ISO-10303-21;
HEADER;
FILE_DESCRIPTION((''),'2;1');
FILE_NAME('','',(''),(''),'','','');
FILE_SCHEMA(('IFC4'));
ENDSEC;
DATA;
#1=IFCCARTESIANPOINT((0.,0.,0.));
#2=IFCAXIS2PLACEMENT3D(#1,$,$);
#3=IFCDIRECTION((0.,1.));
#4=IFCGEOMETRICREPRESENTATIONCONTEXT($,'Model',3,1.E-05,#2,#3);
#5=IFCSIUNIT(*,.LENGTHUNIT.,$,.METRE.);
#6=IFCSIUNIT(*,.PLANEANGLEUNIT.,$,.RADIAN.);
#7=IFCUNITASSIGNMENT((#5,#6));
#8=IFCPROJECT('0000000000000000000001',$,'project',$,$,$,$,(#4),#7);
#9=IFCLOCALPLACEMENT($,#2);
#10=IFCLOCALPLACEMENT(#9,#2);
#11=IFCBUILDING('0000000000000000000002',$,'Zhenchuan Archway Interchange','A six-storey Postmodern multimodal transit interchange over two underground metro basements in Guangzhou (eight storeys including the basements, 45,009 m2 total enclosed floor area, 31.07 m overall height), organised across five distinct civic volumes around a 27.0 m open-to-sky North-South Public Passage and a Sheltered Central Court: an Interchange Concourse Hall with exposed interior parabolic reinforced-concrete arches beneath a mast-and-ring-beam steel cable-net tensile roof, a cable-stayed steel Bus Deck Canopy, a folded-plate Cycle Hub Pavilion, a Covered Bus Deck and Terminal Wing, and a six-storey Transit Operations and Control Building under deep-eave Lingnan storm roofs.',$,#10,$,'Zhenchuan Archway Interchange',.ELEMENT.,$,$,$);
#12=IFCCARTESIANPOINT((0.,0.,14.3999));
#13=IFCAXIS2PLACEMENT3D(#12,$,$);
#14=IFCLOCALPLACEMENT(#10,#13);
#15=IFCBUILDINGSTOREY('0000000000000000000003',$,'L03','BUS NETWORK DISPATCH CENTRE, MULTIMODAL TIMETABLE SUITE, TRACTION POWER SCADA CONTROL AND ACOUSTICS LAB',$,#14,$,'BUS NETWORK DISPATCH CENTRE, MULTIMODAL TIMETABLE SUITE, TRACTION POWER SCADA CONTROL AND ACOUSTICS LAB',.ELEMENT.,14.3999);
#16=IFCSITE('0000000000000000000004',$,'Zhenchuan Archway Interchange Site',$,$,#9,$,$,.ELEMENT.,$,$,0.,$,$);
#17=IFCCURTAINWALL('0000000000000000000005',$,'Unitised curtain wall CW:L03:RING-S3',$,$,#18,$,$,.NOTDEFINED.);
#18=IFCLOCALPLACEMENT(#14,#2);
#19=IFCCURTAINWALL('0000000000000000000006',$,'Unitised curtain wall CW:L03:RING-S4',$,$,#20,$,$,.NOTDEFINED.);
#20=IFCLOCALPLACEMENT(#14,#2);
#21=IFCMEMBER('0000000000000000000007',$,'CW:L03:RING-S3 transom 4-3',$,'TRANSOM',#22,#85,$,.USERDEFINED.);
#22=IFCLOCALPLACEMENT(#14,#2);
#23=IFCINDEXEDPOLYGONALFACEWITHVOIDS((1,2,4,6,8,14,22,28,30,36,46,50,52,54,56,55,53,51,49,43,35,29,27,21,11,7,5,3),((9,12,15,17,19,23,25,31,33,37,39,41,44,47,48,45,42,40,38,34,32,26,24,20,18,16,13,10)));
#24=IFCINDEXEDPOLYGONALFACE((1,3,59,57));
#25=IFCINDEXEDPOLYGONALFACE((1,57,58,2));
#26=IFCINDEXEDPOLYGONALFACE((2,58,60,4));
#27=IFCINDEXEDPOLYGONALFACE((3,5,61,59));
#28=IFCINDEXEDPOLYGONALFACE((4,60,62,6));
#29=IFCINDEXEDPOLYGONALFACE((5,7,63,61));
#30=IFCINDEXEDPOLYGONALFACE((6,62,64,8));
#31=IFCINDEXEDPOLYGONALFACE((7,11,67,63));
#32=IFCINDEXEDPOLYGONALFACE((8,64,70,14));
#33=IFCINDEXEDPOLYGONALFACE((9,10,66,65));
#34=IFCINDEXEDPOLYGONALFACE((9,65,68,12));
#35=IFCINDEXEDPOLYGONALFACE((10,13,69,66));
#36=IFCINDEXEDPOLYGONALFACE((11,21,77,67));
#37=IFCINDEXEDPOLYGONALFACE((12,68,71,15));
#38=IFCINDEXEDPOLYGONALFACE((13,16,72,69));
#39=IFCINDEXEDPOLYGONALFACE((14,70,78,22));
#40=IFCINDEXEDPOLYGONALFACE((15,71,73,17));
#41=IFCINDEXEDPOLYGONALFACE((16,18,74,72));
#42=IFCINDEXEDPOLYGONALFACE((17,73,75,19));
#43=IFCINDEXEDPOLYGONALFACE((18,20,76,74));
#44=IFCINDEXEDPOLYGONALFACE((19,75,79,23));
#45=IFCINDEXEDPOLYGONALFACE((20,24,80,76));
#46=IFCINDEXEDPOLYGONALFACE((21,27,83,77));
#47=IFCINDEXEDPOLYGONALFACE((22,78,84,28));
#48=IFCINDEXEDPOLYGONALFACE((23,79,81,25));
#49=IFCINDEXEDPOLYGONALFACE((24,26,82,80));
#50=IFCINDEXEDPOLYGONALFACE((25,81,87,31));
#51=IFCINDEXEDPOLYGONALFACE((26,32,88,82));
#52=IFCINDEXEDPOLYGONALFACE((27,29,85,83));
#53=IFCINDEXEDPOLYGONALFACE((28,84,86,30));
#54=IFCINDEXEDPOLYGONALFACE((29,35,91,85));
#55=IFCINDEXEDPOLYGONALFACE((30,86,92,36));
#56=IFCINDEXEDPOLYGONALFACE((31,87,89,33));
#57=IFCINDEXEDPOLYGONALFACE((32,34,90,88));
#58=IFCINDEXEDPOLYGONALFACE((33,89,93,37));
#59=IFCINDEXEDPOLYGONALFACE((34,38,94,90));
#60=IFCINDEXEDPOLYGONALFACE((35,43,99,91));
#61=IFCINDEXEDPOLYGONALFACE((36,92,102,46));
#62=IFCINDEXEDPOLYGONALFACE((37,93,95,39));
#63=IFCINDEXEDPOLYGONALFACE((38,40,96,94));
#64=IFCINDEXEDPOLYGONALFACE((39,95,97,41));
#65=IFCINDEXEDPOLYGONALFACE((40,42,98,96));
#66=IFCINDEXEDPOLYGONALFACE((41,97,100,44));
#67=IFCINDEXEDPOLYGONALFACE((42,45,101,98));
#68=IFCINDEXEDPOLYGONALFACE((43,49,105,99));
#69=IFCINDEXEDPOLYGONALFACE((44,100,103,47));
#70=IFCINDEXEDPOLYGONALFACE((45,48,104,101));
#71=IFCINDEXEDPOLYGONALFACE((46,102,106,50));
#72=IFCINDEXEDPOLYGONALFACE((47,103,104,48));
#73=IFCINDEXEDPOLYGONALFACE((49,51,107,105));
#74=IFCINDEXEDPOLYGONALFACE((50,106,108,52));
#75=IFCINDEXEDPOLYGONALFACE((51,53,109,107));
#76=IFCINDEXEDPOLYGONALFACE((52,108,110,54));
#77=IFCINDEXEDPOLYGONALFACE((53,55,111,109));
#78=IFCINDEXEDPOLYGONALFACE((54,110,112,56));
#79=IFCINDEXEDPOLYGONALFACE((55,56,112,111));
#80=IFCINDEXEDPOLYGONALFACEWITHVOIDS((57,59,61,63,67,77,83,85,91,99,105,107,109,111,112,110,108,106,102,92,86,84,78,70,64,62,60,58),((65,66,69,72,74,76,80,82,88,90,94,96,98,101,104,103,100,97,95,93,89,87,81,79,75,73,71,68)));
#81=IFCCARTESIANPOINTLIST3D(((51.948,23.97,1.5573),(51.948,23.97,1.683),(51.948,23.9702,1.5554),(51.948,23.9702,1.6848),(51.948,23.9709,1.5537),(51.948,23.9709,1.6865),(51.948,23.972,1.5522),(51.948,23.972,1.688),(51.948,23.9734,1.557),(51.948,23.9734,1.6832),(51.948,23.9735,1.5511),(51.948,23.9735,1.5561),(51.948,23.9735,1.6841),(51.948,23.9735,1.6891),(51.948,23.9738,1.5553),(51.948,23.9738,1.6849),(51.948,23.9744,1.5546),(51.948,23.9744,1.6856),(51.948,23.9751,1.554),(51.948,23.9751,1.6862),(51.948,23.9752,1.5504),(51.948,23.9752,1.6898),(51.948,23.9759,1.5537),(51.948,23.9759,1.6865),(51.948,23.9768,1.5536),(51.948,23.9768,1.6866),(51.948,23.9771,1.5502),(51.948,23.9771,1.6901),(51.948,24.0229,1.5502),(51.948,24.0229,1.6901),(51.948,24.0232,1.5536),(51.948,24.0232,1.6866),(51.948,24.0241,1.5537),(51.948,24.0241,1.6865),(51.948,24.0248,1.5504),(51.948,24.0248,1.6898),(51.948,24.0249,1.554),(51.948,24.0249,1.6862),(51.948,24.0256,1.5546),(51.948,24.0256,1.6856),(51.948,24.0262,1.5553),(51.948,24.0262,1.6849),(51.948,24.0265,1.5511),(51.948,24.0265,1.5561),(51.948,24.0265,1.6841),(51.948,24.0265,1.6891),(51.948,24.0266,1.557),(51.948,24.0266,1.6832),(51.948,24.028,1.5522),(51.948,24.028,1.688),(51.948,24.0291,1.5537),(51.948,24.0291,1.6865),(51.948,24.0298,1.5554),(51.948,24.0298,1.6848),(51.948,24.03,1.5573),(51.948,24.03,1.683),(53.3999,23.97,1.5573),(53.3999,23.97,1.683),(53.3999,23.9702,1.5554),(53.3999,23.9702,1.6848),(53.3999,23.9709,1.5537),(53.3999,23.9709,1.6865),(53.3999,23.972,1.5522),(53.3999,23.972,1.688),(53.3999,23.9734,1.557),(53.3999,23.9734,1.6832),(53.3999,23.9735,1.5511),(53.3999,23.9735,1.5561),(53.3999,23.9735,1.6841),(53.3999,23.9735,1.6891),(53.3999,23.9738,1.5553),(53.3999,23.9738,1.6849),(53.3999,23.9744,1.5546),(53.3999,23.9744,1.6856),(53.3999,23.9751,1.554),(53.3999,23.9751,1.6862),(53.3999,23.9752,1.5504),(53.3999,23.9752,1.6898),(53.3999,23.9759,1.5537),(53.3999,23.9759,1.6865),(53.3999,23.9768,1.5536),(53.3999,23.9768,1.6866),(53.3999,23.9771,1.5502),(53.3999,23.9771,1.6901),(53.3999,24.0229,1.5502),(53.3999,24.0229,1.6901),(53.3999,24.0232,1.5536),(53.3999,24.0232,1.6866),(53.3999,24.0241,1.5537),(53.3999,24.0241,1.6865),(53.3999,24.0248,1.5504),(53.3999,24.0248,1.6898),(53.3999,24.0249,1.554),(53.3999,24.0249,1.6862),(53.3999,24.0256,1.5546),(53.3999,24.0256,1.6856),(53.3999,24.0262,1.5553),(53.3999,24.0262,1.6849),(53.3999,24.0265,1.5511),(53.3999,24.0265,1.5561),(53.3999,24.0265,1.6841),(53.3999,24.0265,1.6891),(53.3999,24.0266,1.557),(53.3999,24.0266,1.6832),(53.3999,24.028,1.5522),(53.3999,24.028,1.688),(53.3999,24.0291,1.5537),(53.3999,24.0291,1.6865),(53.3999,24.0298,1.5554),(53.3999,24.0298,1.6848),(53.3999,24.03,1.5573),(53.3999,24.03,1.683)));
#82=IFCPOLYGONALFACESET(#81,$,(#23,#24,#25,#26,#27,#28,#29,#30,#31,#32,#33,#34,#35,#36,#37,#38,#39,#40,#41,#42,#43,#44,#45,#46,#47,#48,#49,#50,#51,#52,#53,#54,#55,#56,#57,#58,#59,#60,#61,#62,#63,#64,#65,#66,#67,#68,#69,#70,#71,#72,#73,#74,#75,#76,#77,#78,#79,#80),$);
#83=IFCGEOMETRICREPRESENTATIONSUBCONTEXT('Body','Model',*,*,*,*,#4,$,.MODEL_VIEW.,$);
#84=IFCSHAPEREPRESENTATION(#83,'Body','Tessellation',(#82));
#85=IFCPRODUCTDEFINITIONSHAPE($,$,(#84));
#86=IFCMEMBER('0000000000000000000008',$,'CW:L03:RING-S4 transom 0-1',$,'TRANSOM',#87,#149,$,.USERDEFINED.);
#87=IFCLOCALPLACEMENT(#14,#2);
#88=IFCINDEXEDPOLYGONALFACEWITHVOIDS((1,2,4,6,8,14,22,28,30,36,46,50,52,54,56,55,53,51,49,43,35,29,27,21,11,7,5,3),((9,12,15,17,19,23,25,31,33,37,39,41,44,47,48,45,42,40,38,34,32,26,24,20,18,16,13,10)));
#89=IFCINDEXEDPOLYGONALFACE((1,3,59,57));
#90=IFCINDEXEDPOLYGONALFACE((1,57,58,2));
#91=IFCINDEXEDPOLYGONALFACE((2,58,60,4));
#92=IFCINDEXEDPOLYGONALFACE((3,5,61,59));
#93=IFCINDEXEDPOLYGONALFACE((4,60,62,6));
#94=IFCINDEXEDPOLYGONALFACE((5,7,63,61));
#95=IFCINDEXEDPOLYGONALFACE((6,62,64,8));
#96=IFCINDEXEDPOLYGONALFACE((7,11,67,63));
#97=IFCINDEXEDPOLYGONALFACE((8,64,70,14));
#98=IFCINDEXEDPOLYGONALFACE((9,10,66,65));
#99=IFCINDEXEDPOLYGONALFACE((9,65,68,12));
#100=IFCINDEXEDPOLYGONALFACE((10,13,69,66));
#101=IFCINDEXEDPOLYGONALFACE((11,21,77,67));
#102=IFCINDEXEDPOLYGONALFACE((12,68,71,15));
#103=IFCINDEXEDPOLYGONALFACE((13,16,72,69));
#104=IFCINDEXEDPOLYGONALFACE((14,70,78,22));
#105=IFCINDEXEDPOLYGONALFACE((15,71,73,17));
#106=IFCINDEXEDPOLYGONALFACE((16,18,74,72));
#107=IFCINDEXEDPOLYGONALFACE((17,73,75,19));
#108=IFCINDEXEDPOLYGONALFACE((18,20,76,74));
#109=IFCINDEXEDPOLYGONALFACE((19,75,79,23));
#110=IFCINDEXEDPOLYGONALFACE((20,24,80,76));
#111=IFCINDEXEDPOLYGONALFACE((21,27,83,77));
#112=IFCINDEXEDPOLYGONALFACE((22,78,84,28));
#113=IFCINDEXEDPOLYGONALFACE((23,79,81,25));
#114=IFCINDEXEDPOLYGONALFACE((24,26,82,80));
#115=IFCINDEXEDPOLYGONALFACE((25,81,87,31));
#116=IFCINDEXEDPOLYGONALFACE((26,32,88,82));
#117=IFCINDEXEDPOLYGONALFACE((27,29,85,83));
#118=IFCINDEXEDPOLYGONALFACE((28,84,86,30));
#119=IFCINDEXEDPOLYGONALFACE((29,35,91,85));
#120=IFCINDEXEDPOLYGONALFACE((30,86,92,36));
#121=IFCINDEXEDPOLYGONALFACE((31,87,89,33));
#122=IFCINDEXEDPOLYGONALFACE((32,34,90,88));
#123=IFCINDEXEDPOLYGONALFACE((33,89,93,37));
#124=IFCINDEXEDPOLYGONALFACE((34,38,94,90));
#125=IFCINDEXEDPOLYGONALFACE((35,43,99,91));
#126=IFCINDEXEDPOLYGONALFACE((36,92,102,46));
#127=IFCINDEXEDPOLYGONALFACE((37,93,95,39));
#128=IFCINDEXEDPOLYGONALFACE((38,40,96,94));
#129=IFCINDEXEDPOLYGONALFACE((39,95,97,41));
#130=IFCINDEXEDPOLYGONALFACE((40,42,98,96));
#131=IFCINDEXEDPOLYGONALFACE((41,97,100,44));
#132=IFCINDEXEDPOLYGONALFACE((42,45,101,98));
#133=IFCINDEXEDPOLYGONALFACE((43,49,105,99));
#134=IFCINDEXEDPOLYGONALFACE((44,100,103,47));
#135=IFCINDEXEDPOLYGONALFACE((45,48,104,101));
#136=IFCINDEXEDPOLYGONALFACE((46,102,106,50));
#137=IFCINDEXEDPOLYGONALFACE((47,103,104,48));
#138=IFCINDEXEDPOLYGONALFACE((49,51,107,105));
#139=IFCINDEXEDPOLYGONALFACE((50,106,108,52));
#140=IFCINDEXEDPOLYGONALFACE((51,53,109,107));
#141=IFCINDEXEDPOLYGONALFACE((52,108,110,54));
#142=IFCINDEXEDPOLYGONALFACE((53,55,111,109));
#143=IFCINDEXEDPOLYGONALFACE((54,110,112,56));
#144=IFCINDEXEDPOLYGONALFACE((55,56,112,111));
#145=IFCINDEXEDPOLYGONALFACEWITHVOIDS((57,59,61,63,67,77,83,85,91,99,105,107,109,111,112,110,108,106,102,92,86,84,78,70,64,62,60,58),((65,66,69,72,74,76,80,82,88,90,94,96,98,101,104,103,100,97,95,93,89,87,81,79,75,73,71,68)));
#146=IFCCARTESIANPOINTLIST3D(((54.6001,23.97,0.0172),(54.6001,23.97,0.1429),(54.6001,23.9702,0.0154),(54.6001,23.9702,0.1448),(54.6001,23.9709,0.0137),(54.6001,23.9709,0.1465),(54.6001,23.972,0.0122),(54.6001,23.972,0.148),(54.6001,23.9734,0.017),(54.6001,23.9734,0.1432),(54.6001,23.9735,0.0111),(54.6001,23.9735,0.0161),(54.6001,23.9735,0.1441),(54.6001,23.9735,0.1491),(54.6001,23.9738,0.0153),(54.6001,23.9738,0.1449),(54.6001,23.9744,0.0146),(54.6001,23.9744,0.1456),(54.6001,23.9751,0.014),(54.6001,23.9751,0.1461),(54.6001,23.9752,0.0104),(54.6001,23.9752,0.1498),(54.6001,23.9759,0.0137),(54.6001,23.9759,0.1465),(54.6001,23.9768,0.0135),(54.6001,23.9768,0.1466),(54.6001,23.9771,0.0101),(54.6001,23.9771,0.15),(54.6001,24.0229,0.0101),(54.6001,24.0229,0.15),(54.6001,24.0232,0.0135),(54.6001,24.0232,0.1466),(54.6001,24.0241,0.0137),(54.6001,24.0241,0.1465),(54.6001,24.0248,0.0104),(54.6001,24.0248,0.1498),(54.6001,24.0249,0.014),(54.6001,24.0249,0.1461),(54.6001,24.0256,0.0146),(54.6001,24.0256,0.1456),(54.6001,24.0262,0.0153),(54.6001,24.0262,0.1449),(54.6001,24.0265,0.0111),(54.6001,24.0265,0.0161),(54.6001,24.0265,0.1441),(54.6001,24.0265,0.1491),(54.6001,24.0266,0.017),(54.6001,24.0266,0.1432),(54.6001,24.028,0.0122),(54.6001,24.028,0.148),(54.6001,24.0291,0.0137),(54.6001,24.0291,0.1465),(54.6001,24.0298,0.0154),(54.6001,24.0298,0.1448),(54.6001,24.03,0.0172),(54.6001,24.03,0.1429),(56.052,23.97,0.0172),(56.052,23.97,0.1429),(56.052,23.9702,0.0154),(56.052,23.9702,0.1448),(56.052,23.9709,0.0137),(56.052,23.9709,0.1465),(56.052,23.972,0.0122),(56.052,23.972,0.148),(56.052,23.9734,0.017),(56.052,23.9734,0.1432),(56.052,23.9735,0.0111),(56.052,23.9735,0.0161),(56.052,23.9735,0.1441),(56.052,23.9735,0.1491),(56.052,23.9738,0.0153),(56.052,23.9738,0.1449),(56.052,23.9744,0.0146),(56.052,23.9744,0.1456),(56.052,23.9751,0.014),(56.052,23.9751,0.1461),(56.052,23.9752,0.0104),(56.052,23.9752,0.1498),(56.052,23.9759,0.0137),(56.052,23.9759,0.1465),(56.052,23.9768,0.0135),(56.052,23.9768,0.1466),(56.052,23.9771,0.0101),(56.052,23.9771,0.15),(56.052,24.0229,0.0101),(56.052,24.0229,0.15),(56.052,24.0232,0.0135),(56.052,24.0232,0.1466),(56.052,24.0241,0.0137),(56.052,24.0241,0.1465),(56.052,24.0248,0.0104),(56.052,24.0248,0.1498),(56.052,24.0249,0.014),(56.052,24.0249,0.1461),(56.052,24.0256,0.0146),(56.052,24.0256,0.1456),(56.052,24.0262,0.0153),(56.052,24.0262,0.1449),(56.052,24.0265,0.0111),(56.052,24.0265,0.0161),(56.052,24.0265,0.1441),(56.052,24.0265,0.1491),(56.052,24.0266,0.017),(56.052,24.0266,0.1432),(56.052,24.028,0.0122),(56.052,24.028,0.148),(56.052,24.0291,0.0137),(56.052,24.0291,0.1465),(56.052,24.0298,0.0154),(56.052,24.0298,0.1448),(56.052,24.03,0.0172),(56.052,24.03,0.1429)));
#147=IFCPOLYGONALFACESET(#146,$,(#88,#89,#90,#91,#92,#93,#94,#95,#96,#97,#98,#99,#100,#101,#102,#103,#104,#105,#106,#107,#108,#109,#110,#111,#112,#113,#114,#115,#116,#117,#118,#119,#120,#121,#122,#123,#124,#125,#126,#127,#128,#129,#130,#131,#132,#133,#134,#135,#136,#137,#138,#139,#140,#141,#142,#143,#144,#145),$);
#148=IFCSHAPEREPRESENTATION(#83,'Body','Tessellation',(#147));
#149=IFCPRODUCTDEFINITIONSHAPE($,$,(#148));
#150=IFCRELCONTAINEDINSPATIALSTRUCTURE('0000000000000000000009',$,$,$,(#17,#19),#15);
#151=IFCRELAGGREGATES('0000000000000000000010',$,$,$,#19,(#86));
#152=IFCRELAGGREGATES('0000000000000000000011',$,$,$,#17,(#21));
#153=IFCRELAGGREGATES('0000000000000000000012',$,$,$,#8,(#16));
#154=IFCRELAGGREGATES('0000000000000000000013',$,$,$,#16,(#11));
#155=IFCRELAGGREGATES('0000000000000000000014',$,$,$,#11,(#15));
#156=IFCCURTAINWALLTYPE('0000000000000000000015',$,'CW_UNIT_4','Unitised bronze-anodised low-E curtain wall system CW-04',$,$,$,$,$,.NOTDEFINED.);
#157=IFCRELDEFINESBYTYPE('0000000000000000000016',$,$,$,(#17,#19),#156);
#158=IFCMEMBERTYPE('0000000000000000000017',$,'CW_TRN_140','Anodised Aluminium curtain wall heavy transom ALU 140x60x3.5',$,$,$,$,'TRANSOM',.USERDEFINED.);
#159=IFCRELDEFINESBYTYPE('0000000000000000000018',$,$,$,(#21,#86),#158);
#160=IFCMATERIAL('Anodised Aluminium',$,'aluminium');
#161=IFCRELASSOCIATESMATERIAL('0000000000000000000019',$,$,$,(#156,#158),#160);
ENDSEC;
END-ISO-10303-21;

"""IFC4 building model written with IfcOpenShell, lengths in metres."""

from ifc_helpers import new_model, si_unit, direction, frame, origin, origin_2d, place, context, subcontext, project, spatial, hollow_rectangle, extrude, material, material_profile, profile_set, type_object, element, aggregate, save


model = new_model("IFC4")

# Units and contexts
model_context = context("Model", 3, precision=1e-05, world=origin(), true_north=direction((0.0, 1.0)))
body_context = subcontext(model_context, "Body", "Model", "MODEL_VIEW")
ifc_project = project(units=[si_unit("LENGTHUNIT", "METRE"), si_unit("PLANEANGLEUNIT", "RADIAN")], contexts=[model_context])

# Site, building, storey
site_placement = place(None, origin())
site = spatial("IfcSite", under=ifc_project, at=site_placement, Name="Zhenchuan Archway Interchange Site", CompositionType="ELEMENT", RefElevation=0.0)
building_placement = place(site_placement, origin())
building = spatial("IfcBuilding", under=site, at=building_placement, Name="Zhenchuan Archway Interchange", Description="A six-storey Postmodern multimodal transit interchange over two underground metro basements in Guangzhou (eight storeys including the basements, 45,009 m2 total enclosed floor area, 31.07 m overall height), organised across five distinct civic volumes around a 27.0 m open-to-sky North-South Public Passage and a Sheltered Central Court: an Interchange Concourse Hall with exposed interior parabolic reinforced-concrete arches beneath a mast-and-ring-beam steel cable-net tensile roof, a cable-stayed steel Bus Deck Canopy, a folded-plate Cycle Hub Pavilion, a Covered Bus Deck and Terminal Wing, and a six-storey Transit Operations and Control Building under deep-eave Lingnan storm roofs.", LongName="Zhenchuan Archway Interchange", CompositionType="ELEMENT")
storey_placement = place(building_placement, frame((0.0, 0.0, 14.3999)))
storey = spatial("IfcBuildingStorey", under=building, at=storey_placement, Name="L03", Description="BUS NETWORK DISPATCH CENTRE, MULTIMODAL TIMETABLE SUITE, TRACTION POWER SCADA CONTROL AND ACOUSTICS LAB", LongName="BUS NETWORK DISPATCH CENTRE, MULTIMODAL TIMETABLE SUITE, TRACTION POWER SCADA CONTROL AND ACOUSTICS LAB", CompositionType="ELEMENT", Elevation=14.3999)

# Curtain wall
ifc_material_1 = material(Name="Anodised Aluminium", Category="aluminium")
curtain_wall_type = type_object("IfcCurtainWallType", Name="CW_UNIT_4", Description="Unitised bronze-anodised low-E curtain wall system CW-04", PredefinedType="NOTDEFINED", material=ifc_material_1)
curtain_wall_1_placement = place(storey_placement, origin())
curtain_wall_1 = element("IfcCurtainWall", 1, at=curtain_wall_1_placement, inside=storey, type_object=curtain_wall_type, Name="Unitised curtain wall CW:L03:RING-S3", PredefinedType="NOTDEFINED")

# Curtain wall
curtain_wall_2_placement = place(storey_placement, origin())
curtain_wall_2 = element("IfcCurtainWall", 2, at=curtain_wall_2_placement, inside=storey, type_object=curtain_wall_type, Name="Unitised curtain wall CW:L03:RING-S4", PredefinedType="NOTDEFINED")

# Members
ifc_material_profile_1 = material_profile(ifc_material_1, hollow_rectangle(XDim=0.0601, YDim=0.1399, WallThickness=0.0034, InnerFilletRadius=0.0034, OuterFilletRadius=0.0071, at=origin_2d()), Name="ALU 140x60x3.5")
ifc_profile_set_1 = profile_set([ifc_material_profile_1], Name="Anodised Aluminium")
member_type_1 = type_object("IfcMemberType", Name="CW_TRN_140", Description="Anodised Aluminium curtain wall heavy transom ALU 140x60x3.5", ElementType="TRANSOM", PredefinedType="USERDEFINED", material=ifc_profile_set_1)
member_1_placement = place(storey_placement, frame((51.948, 24.0, 1.6201), z_axis=(1.0, 0.0, 0.0), x_axis=(0.0, 1.0, 0.0)))
member_1 = element("IfcMember", 3, at=member_1_placement, type_object=member_type_1, Name="CW:L03:RING-S3 transom 4-3", ObjectType="TRANSOM", PredefinedType="USERDEFINED", context=body_context, shape_type="SweptSolid", body=[
    extrude(hollow_rectangle(XDim=0.0601, YDim=0.1399, WallThickness=0.0034, InnerFilletRadius=0.0034, OuterFilletRadius=0.0071, at=origin_2d()), origin(), (0.0, 0.0, 1.0), 1.4519),
])
member_2_placement = place(storey_placement, frame((54.6001, 24.0, 0.0801), z_axis=(1.0, 0.0, 0.0), x_axis=(0.0, 1.0, 0.0)))
member_2 = element("IfcMember", 4, at=member_2_placement, type_object=member_type_1, Name="CW:L03:RING-S4 transom 0-1", ObjectType="TRANSOM", PredefinedType="USERDEFINED", context=body_context, shape_type="SweptSolid", body=[
    extrude(hollow_rectangle(XDim=0.0601, YDim=0.1399, WallThickness=0.0034, InnerFilletRadius=0.0034, OuterFilletRadius=0.0071, at=origin_2d()), origin(), (0.0, 0.0, 1.0), 1.4519),
])
aggregate(curtain_wall_2, [member_2])

aggregate(curtain_wall_1, [member_1])

save(model, "model.ifc")
